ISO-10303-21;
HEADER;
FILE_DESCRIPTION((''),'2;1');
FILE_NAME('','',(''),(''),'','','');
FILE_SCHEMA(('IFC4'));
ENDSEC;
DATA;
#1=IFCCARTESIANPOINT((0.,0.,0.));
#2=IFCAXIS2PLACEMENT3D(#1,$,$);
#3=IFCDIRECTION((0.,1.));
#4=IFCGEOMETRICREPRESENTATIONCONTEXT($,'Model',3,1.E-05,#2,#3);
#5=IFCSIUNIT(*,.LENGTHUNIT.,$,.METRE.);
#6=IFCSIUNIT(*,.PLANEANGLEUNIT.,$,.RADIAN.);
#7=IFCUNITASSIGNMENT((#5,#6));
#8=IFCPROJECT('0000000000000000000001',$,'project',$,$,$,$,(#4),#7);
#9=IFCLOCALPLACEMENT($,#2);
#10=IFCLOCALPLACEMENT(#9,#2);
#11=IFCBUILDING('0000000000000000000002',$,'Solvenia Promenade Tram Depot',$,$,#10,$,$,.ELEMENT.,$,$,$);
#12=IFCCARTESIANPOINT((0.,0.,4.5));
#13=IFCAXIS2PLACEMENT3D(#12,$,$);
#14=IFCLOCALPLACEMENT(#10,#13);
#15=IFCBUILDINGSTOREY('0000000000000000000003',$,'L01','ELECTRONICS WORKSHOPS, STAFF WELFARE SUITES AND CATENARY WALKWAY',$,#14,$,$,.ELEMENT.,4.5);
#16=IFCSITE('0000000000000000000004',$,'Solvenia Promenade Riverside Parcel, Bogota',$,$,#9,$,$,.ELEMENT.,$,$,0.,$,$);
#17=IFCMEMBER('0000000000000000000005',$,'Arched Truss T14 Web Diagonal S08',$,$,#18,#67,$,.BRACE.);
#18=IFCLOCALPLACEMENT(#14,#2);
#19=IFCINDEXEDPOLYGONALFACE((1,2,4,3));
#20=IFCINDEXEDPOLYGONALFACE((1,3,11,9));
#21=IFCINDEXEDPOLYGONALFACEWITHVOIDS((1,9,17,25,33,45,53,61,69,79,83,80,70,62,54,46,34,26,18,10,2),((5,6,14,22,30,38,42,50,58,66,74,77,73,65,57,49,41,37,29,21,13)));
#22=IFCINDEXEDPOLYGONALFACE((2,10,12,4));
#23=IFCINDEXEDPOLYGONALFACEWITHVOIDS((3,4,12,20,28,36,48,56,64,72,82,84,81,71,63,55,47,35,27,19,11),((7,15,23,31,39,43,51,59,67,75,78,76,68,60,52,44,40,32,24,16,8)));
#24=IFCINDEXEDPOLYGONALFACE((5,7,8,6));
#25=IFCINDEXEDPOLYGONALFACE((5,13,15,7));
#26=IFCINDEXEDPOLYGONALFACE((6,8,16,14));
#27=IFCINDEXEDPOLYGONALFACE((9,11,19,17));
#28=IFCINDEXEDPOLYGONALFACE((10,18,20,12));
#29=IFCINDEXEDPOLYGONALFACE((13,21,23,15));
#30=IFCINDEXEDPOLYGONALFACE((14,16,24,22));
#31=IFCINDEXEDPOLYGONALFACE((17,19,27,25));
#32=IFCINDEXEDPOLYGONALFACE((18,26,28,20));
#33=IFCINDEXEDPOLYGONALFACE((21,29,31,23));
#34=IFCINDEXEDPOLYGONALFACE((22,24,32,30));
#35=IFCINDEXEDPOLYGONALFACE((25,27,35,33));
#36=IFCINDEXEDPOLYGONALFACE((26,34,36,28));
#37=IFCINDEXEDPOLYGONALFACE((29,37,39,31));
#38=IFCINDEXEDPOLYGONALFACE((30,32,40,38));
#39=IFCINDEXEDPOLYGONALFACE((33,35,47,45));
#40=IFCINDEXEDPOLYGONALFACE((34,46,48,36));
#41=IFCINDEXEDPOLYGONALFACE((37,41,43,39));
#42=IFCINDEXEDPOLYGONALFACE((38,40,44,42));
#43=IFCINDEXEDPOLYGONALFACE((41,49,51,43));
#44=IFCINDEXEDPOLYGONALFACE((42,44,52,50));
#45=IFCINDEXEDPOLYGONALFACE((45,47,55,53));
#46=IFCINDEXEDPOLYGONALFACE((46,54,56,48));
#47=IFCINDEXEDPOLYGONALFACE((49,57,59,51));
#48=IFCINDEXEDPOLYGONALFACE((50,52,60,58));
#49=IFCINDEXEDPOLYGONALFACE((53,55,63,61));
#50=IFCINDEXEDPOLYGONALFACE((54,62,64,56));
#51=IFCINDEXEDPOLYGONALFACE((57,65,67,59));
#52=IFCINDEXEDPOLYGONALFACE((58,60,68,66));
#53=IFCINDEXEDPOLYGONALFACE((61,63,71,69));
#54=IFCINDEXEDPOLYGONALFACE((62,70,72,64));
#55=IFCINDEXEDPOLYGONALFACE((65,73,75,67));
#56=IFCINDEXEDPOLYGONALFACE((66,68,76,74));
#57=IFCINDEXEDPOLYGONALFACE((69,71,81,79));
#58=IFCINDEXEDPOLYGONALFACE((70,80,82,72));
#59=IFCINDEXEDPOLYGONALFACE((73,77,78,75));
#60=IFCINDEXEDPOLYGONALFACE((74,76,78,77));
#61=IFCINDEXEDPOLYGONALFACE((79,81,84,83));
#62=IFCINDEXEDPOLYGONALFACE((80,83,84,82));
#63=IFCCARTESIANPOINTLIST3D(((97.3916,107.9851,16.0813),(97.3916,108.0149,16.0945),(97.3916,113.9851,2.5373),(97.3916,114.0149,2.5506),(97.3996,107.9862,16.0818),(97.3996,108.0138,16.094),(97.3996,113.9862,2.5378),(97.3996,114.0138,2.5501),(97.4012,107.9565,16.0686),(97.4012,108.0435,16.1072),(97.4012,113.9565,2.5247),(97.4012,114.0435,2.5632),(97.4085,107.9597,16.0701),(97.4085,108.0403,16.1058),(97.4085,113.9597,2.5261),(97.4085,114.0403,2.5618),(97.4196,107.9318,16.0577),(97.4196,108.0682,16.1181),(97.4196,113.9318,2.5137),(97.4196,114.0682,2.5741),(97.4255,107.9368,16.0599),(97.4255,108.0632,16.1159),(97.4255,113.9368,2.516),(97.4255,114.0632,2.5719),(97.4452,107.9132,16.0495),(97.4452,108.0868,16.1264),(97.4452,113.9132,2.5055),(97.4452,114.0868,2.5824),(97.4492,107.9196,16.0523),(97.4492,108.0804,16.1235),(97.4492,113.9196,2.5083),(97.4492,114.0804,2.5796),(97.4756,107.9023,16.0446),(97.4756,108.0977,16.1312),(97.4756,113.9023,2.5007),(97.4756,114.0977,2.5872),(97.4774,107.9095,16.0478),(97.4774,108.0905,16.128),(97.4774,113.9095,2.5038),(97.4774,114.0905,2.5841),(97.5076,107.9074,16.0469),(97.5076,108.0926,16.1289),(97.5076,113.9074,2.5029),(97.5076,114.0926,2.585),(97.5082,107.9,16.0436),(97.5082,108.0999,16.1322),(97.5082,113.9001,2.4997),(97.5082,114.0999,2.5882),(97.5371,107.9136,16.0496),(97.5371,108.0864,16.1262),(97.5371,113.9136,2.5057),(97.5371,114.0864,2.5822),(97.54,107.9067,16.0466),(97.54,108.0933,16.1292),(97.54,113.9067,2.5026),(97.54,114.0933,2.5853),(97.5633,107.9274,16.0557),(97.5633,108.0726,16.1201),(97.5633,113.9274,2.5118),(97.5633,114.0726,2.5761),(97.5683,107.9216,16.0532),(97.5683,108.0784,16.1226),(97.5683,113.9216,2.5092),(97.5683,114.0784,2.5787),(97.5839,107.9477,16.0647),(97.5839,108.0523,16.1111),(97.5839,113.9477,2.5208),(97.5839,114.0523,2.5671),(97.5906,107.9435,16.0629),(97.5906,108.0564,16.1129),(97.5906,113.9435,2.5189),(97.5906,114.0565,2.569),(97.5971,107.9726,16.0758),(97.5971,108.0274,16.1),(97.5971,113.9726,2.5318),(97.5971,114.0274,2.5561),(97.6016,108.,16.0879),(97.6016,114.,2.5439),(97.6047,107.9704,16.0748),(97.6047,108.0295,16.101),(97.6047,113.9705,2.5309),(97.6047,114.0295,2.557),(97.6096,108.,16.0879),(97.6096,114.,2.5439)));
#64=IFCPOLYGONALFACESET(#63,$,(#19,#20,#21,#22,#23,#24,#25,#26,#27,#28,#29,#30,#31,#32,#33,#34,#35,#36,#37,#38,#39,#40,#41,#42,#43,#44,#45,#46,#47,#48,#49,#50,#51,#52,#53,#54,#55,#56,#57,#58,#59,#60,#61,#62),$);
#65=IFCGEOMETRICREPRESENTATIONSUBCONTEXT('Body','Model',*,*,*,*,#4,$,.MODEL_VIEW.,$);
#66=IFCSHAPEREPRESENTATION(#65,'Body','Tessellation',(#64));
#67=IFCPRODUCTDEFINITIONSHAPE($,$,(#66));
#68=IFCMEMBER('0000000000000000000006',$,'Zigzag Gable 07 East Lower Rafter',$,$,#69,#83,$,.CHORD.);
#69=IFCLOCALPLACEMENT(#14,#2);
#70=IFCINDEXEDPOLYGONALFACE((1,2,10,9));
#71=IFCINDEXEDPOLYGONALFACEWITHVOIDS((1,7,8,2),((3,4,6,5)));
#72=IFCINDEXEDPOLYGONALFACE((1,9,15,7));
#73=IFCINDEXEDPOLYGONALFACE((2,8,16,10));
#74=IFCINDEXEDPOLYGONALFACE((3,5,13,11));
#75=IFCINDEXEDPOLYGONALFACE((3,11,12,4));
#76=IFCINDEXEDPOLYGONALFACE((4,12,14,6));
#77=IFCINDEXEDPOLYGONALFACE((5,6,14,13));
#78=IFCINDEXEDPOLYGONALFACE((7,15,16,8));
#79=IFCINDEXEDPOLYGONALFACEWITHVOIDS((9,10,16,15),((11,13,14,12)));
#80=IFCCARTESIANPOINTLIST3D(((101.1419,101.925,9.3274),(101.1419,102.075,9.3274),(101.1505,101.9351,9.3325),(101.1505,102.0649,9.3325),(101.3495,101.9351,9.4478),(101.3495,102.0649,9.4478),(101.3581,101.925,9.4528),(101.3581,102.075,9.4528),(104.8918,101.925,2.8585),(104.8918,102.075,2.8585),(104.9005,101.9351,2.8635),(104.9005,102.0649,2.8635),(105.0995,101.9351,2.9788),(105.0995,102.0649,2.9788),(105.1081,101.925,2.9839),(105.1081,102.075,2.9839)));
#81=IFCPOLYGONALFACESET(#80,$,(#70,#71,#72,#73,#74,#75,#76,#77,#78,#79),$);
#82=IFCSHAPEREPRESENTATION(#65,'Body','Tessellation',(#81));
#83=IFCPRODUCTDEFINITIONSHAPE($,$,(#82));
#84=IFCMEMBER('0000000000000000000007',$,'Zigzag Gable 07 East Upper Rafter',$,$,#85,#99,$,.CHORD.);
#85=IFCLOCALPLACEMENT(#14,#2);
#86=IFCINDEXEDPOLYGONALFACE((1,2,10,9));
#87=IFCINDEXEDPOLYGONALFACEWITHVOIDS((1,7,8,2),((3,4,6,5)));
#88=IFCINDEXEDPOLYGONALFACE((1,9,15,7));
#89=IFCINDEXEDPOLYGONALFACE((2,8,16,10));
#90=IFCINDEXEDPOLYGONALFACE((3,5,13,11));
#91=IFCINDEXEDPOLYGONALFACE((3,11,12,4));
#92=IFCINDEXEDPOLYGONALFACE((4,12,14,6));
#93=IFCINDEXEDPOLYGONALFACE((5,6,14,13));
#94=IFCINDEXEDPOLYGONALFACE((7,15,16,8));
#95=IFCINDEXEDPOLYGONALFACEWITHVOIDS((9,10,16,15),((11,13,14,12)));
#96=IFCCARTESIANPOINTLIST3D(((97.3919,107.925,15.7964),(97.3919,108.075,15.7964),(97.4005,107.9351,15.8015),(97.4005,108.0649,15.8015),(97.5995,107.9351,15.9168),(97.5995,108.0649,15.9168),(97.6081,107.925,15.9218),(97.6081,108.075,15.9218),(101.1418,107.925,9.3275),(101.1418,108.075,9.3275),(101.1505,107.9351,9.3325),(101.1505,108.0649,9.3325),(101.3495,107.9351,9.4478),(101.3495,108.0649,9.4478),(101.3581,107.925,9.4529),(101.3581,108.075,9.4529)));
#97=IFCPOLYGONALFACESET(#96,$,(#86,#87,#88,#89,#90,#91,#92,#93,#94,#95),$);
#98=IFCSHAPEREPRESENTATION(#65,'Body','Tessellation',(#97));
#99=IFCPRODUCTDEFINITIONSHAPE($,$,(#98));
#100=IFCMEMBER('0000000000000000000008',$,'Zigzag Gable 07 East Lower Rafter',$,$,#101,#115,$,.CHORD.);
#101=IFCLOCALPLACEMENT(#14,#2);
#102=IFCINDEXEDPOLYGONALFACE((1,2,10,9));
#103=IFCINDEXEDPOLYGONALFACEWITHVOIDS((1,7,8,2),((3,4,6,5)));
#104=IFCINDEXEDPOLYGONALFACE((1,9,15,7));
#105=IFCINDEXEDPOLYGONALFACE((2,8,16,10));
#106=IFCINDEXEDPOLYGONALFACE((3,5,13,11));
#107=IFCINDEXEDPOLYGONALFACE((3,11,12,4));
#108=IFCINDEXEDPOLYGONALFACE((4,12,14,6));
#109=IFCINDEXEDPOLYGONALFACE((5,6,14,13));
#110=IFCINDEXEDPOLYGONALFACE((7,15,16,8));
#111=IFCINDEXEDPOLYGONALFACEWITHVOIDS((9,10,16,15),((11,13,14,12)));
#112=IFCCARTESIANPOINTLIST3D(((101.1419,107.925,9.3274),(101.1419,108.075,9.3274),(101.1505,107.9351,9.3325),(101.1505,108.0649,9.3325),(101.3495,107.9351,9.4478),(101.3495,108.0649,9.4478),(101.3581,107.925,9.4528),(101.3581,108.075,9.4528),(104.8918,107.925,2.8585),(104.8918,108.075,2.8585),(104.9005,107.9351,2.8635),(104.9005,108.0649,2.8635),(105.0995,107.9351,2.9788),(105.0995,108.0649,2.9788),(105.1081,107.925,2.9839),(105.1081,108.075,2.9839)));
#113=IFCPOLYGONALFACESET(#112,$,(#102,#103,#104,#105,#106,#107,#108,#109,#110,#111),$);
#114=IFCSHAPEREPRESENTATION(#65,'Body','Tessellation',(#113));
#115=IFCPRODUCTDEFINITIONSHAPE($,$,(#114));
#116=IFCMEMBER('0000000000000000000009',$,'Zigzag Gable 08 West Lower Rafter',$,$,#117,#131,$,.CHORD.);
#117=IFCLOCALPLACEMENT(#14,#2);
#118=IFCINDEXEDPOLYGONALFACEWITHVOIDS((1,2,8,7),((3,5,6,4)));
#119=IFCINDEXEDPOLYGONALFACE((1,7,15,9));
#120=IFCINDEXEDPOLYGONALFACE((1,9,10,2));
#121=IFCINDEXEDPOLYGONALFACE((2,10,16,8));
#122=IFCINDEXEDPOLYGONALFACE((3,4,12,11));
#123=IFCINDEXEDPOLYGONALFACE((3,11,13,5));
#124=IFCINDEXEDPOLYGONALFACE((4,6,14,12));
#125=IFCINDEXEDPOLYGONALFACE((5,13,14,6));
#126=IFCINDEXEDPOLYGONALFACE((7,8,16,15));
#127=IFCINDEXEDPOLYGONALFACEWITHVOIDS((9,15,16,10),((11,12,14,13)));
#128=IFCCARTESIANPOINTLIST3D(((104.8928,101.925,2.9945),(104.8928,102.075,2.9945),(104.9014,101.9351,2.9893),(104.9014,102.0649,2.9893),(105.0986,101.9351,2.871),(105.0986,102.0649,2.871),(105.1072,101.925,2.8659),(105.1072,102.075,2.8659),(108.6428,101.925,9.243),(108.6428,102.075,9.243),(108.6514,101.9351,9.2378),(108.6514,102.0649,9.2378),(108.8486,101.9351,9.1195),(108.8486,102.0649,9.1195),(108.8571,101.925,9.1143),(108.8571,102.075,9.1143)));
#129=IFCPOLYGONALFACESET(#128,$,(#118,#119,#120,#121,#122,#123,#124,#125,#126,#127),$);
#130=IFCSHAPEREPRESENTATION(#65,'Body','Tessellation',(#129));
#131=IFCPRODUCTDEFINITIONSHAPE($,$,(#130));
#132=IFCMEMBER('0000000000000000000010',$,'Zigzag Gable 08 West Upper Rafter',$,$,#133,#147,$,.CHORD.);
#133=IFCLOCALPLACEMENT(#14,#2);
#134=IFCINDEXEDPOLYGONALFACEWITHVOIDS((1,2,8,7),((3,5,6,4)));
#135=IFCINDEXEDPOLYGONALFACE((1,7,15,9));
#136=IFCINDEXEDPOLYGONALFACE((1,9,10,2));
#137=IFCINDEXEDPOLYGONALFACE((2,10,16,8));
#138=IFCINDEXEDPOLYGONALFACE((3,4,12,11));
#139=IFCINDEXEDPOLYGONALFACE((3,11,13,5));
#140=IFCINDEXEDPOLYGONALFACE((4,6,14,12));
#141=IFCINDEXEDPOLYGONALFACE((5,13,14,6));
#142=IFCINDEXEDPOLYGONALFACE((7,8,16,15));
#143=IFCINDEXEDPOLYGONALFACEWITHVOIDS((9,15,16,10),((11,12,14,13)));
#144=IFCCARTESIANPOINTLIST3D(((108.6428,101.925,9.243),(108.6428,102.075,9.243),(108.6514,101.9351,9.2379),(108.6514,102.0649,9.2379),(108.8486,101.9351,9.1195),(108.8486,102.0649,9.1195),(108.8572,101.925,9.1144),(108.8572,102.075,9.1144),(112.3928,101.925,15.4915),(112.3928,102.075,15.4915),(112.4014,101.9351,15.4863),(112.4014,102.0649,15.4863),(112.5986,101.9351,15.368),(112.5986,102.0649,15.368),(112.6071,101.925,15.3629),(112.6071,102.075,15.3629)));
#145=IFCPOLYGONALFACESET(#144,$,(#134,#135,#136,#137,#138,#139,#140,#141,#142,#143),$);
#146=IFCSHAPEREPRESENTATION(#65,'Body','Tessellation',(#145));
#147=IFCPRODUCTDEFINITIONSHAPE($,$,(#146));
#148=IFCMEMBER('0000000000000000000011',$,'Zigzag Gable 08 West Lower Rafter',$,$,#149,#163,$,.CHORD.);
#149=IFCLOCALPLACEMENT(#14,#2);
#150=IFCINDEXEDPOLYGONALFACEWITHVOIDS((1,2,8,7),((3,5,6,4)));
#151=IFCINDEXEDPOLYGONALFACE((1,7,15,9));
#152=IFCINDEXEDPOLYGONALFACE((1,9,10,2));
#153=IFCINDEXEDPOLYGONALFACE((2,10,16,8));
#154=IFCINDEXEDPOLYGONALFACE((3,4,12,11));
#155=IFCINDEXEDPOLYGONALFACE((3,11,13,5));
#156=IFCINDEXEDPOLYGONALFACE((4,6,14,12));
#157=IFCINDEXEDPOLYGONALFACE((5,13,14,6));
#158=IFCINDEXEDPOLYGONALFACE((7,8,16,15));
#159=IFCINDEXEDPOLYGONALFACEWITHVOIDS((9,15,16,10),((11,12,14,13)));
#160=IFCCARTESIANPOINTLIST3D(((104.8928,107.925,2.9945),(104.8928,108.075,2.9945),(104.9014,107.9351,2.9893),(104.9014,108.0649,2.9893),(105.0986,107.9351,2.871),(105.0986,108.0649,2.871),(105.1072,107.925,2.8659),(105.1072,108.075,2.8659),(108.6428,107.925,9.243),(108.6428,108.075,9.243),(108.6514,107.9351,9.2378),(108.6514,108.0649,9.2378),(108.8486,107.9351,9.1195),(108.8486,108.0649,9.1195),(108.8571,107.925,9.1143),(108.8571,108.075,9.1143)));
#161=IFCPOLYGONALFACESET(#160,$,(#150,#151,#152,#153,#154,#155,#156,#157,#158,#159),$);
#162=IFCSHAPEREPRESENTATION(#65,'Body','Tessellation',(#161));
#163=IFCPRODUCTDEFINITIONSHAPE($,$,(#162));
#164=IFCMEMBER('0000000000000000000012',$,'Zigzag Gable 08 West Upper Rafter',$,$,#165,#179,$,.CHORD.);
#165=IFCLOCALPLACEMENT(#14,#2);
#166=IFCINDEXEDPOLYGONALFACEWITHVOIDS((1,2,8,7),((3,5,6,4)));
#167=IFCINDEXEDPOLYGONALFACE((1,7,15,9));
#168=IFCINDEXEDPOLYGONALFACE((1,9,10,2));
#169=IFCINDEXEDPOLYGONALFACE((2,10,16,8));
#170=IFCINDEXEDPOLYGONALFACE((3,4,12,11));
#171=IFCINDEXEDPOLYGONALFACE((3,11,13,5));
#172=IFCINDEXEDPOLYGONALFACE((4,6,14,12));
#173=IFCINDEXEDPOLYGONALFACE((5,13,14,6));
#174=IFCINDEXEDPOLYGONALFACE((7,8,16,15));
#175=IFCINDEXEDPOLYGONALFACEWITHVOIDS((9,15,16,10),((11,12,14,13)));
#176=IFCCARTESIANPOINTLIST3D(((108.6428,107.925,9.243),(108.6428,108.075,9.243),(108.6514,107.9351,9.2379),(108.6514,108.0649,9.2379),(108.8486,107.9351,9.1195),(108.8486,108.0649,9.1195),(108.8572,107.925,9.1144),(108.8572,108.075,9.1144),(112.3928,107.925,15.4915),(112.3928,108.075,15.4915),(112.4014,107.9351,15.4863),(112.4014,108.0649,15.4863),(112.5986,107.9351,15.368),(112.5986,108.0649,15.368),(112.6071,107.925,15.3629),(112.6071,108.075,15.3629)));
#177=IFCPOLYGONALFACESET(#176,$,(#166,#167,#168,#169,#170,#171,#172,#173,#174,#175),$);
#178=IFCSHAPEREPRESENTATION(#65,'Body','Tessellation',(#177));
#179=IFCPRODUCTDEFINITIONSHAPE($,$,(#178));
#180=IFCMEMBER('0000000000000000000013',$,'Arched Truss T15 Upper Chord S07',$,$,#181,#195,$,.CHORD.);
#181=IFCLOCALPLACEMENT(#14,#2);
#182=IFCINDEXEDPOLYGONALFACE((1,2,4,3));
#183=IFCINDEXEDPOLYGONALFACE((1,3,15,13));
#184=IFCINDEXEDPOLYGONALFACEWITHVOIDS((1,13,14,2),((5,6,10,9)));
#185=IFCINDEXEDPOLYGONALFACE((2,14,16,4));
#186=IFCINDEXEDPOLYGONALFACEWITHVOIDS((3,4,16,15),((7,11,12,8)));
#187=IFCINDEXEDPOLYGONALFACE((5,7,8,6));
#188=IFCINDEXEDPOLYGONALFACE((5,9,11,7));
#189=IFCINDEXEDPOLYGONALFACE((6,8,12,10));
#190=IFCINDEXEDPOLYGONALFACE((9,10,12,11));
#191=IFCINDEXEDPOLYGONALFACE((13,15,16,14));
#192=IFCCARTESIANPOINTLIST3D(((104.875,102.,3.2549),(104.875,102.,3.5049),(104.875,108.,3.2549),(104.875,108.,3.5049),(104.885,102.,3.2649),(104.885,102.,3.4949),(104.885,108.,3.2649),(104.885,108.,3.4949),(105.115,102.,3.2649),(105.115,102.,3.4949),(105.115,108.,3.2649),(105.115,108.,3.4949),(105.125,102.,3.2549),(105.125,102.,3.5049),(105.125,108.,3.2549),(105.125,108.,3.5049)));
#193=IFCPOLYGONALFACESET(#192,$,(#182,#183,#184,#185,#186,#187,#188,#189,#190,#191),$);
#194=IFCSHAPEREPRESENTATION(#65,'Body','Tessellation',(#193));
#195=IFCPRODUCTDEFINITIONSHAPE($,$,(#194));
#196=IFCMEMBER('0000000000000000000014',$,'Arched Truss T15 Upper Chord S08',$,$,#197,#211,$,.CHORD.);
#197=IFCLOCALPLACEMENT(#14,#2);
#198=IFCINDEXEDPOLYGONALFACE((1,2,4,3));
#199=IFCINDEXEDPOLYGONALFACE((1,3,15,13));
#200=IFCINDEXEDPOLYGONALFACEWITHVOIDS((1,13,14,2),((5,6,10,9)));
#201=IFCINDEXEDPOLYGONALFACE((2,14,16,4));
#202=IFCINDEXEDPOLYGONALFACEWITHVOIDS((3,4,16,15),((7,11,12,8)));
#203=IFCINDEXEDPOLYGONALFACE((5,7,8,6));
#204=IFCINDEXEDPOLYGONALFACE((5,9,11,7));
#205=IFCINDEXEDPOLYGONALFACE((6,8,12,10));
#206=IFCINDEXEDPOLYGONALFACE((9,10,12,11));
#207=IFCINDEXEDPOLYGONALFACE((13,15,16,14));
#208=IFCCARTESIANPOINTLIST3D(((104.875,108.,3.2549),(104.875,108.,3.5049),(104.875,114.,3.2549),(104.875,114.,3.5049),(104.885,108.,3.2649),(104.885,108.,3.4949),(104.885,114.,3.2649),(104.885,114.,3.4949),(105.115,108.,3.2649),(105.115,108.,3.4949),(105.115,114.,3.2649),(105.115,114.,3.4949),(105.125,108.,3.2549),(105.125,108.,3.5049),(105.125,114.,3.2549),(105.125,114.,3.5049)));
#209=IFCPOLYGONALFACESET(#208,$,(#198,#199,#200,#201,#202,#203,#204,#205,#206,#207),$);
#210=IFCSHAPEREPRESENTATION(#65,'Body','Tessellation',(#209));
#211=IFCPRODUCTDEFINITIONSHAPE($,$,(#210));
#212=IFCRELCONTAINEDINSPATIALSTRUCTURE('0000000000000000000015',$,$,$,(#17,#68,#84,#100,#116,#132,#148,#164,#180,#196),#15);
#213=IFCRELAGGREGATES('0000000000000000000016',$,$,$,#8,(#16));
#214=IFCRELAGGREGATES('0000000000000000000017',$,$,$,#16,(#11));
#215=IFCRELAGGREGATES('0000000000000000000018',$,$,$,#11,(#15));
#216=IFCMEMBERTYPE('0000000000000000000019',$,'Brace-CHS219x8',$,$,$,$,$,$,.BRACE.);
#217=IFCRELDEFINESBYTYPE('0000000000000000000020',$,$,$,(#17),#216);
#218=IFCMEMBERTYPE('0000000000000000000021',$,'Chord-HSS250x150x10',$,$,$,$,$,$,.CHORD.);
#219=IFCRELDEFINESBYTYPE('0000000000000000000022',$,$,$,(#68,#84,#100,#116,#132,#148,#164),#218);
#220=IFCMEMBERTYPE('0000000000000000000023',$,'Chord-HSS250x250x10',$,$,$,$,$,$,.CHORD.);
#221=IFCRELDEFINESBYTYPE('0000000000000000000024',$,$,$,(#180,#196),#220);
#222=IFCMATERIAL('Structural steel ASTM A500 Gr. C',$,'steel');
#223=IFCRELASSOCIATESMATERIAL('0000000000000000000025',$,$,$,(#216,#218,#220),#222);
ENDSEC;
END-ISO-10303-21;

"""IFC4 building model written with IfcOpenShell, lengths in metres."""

from ifc_helpers import new_model, si_unit, direction, frame, origin, origin_2d, place, context, subcontext, project, spatial, hollow_rectangle, hollow_circle, extrude, material, material_profile, profile_set, type_object, element, save


model = new_model("IFC4")

# Units and contexts
model_context = context("Model", 3, precision=1e-05, world=origin(), true_north=direction((0.0, 1.0)))
body_context = subcontext(model_context, "Body", "Model", "MODEL_VIEW")
ifc_project = project(units=[si_unit("LENGTHUNIT", "METRE"), si_unit("PLANEANGLEUNIT", "RADIAN")], contexts=[model_context])

# Site, building, storey
site_placement = place(None, origin())
site = spatial("IfcSite", under=ifc_project, at=site_placement, Name="Solvenia Promenade Riverside Parcel, Bogota", CompositionType="ELEMENT", RefElevation=0.0)
building_placement = place(site_placement, origin())
building = spatial("IfcBuilding", under=site, at=building_placement, Name="Solvenia Promenade Tram Depot", CompositionType="ELEMENT")
storey_placement = place(building_placement, frame((0.0, 0.0, 4.5)))
storey = spatial("IfcBuildingStorey", under=building, at=storey_placement, Name="L01", Description="ELECTRONICS WORKSHOPS, STAFF WELFARE SUITES AND CATENARY WALKWAY", CompositionType="ELEMENT", Elevation=4.5)

# Members
ifc_material_1 = material(Name="Structural steel ASTM A500 Gr. C", Category="steel")
ifc_material_profile_1 = material_profile(ifc_material_1, hollow_circle(Radius=0.1096, WallThickness=0.0081, at=origin_2d()), Name="CHS219.1x8", Category="steel")
ifc_profile_set_1 = profile_set([ifc_material_profile_1], Name="Structural steel ASTM A500 Gr. C")
member_type_1 = type_object("IfcMemberType", Name="Brace-CHS219x8", PredefinedType="BRACE", material=ifc_profile_set_1)
member_1_placement = place(storey_placement, frame((97.5, 114.0, 2.5439), z_axis=(0.0, -0.405037, 0.9143), x_axis=(1.0, 0.0, 0.0)))
element("IfcMember", 1, at=member_1_placement, inside=storey, type_object=member_type_1, Name="Arched Truss T14 Web Diagonal S08", PredefinedType="BRACE", context=body_context, shape_type="SweptSolid", body=[
    extrude(hollow_circle(Radius=0.1096, WallThickness=0.0081, at=origin_2d()), origin(), (0.0, 0.0, 1.0), 14.8135),
])
ifc_material_profile_2 = material_profile(ifc_material_1, hollow_rectangle(XDim=0.1499, YDim=0.25, WallThickness=0.01, at=origin_2d()), Name="HSS250x150x10", Category="steel")
ifc_profile_set_2 = profile_set([ifc_material_profile_2], Name="Structural steel ASTM A500 Gr. C")
member_type_2 = type_object("IfcMemberType", Name="Chord-HSS250x150x10", PredefinedType="CHORD", material=ifc_profile_set_2)
for number, where, z_axis, x_axis, name in (
    (2, (101.25, 102.0, 9.3901), (0.501516, 0.0, -0.865148), (0.0, 1.0, 0.0), "Zigzag Gable 07 East Lower Rafter"),
    (3, (97.5, 108.0, 15.8591), (0.501516, 0.0, -0.865148), (0.0, 1.0, 0.0), "Zigzag Gable 07 East Upper Rafter"),
    (4, (101.25, 108.0, 9.3901), (0.501516, 0.0, -0.865148), (0.0, 1.0, 0.0), "Zigzag Gable 07 East Lower Rafter"),
):
    element("IfcMember", number, at=place(storey_placement, frame(where, z_axis=z_axis, x_axis=x_axis)), inside=storey, type_object=member_type_2, Name=name, PredefinedType="CHORD", context=body_context, shape_type="SweptSolid", body=[
        extrude(hollow_rectangle(XDim=0.1499, YDim=0.25, WallThickness=0.01, at=origin_2d()), origin(), (0.0, 0.0, 1.0), 7.4773),
    ])
for number, where, z_axis, x_axis, name in (
    (5, (105.0, 102.0, 2.9302), (0.514584, 0.0, 0.85744), (0.0, 1.0, 0.0), "Zigzag Gable 08 West Lower Rafter"),
    (6, (108.75, 102.0, 9.1787), (0.514584, 0.0, 0.85744), (0.0, 1.0, 0.0), "Zigzag Gable 08 West Upper Rafter"),
    (7, (105.0, 108.0, 2.9302), (0.514584, 0.0, 0.85744), (0.0, 1.0, 0.0), "Zigzag Gable 08 West Lower Rafter"),
    (8, (108.75, 108.0, 9.1787), (0.514584, 0.0, 0.85744), (0.0, 1.0, 0.0), "Zigzag Gable 08 West Upper Rafter"),
):
    element("IfcMember", number, at=place(storey_placement, frame(where, z_axis=z_axis, x_axis=x_axis)), inside=storey, type_object=member_type_2, Name=name, PredefinedType="CHORD", context=body_context, shape_type="SweptSolid", body=[
        extrude(hollow_rectangle(XDim=0.1499, YDim=0.25, WallThickness=0.01, at=origin_2d()), origin(), (0.0, 0.0, 1.0), 7.2874),
    ])
ifc_material_profile_3 = material_profile(ifc_material_1, hollow_rectangle(XDim=0.25, YDim=0.25, WallThickness=0.01, at=origin_2d()), Name="HSS250x250x10", Category="steel")
ifc_profile_set_3 = profile_set([ifc_material_profile_3], Name="Structural steel ASTM A500 Gr. C")
member_type_3 = type_object("IfcMemberType", Name="Chord-HSS250x250x10", PredefinedType="CHORD", material=ifc_profile_set_3)
for number, where, z_axis, x_axis, name in (
    (9, (105.0, 102.0, 3.3799), (0.0, 1.0, 0.0), (-1.0, 0.0, 0.0), "Arched Truss T15 Upper Chord S07"),
    (10, (105.0, 108.0, 3.3799), (0.0, 1.0, 0.0), (-1.0, 0.0, 0.0), "Arched Truss T15 Upper Chord S08"),
):
    element("IfcMember", number, at=place(storey_placement, frame(where, z_axis=z_axis, x_axis=x_axis)), inside=storey, type_object=member_type_3, Name=name, PredefinedType="CHORD", context=body_context, shape_type="SweptSolid", body=[
        extrude(hollow_rectangle(XDim=0.25, YDim=0.25, WallThickness=0.01, at=origin_2d()), origin(), (0.0, 0.0, 1.0), 6.0),
    ])

save(model, "model.ifc")
